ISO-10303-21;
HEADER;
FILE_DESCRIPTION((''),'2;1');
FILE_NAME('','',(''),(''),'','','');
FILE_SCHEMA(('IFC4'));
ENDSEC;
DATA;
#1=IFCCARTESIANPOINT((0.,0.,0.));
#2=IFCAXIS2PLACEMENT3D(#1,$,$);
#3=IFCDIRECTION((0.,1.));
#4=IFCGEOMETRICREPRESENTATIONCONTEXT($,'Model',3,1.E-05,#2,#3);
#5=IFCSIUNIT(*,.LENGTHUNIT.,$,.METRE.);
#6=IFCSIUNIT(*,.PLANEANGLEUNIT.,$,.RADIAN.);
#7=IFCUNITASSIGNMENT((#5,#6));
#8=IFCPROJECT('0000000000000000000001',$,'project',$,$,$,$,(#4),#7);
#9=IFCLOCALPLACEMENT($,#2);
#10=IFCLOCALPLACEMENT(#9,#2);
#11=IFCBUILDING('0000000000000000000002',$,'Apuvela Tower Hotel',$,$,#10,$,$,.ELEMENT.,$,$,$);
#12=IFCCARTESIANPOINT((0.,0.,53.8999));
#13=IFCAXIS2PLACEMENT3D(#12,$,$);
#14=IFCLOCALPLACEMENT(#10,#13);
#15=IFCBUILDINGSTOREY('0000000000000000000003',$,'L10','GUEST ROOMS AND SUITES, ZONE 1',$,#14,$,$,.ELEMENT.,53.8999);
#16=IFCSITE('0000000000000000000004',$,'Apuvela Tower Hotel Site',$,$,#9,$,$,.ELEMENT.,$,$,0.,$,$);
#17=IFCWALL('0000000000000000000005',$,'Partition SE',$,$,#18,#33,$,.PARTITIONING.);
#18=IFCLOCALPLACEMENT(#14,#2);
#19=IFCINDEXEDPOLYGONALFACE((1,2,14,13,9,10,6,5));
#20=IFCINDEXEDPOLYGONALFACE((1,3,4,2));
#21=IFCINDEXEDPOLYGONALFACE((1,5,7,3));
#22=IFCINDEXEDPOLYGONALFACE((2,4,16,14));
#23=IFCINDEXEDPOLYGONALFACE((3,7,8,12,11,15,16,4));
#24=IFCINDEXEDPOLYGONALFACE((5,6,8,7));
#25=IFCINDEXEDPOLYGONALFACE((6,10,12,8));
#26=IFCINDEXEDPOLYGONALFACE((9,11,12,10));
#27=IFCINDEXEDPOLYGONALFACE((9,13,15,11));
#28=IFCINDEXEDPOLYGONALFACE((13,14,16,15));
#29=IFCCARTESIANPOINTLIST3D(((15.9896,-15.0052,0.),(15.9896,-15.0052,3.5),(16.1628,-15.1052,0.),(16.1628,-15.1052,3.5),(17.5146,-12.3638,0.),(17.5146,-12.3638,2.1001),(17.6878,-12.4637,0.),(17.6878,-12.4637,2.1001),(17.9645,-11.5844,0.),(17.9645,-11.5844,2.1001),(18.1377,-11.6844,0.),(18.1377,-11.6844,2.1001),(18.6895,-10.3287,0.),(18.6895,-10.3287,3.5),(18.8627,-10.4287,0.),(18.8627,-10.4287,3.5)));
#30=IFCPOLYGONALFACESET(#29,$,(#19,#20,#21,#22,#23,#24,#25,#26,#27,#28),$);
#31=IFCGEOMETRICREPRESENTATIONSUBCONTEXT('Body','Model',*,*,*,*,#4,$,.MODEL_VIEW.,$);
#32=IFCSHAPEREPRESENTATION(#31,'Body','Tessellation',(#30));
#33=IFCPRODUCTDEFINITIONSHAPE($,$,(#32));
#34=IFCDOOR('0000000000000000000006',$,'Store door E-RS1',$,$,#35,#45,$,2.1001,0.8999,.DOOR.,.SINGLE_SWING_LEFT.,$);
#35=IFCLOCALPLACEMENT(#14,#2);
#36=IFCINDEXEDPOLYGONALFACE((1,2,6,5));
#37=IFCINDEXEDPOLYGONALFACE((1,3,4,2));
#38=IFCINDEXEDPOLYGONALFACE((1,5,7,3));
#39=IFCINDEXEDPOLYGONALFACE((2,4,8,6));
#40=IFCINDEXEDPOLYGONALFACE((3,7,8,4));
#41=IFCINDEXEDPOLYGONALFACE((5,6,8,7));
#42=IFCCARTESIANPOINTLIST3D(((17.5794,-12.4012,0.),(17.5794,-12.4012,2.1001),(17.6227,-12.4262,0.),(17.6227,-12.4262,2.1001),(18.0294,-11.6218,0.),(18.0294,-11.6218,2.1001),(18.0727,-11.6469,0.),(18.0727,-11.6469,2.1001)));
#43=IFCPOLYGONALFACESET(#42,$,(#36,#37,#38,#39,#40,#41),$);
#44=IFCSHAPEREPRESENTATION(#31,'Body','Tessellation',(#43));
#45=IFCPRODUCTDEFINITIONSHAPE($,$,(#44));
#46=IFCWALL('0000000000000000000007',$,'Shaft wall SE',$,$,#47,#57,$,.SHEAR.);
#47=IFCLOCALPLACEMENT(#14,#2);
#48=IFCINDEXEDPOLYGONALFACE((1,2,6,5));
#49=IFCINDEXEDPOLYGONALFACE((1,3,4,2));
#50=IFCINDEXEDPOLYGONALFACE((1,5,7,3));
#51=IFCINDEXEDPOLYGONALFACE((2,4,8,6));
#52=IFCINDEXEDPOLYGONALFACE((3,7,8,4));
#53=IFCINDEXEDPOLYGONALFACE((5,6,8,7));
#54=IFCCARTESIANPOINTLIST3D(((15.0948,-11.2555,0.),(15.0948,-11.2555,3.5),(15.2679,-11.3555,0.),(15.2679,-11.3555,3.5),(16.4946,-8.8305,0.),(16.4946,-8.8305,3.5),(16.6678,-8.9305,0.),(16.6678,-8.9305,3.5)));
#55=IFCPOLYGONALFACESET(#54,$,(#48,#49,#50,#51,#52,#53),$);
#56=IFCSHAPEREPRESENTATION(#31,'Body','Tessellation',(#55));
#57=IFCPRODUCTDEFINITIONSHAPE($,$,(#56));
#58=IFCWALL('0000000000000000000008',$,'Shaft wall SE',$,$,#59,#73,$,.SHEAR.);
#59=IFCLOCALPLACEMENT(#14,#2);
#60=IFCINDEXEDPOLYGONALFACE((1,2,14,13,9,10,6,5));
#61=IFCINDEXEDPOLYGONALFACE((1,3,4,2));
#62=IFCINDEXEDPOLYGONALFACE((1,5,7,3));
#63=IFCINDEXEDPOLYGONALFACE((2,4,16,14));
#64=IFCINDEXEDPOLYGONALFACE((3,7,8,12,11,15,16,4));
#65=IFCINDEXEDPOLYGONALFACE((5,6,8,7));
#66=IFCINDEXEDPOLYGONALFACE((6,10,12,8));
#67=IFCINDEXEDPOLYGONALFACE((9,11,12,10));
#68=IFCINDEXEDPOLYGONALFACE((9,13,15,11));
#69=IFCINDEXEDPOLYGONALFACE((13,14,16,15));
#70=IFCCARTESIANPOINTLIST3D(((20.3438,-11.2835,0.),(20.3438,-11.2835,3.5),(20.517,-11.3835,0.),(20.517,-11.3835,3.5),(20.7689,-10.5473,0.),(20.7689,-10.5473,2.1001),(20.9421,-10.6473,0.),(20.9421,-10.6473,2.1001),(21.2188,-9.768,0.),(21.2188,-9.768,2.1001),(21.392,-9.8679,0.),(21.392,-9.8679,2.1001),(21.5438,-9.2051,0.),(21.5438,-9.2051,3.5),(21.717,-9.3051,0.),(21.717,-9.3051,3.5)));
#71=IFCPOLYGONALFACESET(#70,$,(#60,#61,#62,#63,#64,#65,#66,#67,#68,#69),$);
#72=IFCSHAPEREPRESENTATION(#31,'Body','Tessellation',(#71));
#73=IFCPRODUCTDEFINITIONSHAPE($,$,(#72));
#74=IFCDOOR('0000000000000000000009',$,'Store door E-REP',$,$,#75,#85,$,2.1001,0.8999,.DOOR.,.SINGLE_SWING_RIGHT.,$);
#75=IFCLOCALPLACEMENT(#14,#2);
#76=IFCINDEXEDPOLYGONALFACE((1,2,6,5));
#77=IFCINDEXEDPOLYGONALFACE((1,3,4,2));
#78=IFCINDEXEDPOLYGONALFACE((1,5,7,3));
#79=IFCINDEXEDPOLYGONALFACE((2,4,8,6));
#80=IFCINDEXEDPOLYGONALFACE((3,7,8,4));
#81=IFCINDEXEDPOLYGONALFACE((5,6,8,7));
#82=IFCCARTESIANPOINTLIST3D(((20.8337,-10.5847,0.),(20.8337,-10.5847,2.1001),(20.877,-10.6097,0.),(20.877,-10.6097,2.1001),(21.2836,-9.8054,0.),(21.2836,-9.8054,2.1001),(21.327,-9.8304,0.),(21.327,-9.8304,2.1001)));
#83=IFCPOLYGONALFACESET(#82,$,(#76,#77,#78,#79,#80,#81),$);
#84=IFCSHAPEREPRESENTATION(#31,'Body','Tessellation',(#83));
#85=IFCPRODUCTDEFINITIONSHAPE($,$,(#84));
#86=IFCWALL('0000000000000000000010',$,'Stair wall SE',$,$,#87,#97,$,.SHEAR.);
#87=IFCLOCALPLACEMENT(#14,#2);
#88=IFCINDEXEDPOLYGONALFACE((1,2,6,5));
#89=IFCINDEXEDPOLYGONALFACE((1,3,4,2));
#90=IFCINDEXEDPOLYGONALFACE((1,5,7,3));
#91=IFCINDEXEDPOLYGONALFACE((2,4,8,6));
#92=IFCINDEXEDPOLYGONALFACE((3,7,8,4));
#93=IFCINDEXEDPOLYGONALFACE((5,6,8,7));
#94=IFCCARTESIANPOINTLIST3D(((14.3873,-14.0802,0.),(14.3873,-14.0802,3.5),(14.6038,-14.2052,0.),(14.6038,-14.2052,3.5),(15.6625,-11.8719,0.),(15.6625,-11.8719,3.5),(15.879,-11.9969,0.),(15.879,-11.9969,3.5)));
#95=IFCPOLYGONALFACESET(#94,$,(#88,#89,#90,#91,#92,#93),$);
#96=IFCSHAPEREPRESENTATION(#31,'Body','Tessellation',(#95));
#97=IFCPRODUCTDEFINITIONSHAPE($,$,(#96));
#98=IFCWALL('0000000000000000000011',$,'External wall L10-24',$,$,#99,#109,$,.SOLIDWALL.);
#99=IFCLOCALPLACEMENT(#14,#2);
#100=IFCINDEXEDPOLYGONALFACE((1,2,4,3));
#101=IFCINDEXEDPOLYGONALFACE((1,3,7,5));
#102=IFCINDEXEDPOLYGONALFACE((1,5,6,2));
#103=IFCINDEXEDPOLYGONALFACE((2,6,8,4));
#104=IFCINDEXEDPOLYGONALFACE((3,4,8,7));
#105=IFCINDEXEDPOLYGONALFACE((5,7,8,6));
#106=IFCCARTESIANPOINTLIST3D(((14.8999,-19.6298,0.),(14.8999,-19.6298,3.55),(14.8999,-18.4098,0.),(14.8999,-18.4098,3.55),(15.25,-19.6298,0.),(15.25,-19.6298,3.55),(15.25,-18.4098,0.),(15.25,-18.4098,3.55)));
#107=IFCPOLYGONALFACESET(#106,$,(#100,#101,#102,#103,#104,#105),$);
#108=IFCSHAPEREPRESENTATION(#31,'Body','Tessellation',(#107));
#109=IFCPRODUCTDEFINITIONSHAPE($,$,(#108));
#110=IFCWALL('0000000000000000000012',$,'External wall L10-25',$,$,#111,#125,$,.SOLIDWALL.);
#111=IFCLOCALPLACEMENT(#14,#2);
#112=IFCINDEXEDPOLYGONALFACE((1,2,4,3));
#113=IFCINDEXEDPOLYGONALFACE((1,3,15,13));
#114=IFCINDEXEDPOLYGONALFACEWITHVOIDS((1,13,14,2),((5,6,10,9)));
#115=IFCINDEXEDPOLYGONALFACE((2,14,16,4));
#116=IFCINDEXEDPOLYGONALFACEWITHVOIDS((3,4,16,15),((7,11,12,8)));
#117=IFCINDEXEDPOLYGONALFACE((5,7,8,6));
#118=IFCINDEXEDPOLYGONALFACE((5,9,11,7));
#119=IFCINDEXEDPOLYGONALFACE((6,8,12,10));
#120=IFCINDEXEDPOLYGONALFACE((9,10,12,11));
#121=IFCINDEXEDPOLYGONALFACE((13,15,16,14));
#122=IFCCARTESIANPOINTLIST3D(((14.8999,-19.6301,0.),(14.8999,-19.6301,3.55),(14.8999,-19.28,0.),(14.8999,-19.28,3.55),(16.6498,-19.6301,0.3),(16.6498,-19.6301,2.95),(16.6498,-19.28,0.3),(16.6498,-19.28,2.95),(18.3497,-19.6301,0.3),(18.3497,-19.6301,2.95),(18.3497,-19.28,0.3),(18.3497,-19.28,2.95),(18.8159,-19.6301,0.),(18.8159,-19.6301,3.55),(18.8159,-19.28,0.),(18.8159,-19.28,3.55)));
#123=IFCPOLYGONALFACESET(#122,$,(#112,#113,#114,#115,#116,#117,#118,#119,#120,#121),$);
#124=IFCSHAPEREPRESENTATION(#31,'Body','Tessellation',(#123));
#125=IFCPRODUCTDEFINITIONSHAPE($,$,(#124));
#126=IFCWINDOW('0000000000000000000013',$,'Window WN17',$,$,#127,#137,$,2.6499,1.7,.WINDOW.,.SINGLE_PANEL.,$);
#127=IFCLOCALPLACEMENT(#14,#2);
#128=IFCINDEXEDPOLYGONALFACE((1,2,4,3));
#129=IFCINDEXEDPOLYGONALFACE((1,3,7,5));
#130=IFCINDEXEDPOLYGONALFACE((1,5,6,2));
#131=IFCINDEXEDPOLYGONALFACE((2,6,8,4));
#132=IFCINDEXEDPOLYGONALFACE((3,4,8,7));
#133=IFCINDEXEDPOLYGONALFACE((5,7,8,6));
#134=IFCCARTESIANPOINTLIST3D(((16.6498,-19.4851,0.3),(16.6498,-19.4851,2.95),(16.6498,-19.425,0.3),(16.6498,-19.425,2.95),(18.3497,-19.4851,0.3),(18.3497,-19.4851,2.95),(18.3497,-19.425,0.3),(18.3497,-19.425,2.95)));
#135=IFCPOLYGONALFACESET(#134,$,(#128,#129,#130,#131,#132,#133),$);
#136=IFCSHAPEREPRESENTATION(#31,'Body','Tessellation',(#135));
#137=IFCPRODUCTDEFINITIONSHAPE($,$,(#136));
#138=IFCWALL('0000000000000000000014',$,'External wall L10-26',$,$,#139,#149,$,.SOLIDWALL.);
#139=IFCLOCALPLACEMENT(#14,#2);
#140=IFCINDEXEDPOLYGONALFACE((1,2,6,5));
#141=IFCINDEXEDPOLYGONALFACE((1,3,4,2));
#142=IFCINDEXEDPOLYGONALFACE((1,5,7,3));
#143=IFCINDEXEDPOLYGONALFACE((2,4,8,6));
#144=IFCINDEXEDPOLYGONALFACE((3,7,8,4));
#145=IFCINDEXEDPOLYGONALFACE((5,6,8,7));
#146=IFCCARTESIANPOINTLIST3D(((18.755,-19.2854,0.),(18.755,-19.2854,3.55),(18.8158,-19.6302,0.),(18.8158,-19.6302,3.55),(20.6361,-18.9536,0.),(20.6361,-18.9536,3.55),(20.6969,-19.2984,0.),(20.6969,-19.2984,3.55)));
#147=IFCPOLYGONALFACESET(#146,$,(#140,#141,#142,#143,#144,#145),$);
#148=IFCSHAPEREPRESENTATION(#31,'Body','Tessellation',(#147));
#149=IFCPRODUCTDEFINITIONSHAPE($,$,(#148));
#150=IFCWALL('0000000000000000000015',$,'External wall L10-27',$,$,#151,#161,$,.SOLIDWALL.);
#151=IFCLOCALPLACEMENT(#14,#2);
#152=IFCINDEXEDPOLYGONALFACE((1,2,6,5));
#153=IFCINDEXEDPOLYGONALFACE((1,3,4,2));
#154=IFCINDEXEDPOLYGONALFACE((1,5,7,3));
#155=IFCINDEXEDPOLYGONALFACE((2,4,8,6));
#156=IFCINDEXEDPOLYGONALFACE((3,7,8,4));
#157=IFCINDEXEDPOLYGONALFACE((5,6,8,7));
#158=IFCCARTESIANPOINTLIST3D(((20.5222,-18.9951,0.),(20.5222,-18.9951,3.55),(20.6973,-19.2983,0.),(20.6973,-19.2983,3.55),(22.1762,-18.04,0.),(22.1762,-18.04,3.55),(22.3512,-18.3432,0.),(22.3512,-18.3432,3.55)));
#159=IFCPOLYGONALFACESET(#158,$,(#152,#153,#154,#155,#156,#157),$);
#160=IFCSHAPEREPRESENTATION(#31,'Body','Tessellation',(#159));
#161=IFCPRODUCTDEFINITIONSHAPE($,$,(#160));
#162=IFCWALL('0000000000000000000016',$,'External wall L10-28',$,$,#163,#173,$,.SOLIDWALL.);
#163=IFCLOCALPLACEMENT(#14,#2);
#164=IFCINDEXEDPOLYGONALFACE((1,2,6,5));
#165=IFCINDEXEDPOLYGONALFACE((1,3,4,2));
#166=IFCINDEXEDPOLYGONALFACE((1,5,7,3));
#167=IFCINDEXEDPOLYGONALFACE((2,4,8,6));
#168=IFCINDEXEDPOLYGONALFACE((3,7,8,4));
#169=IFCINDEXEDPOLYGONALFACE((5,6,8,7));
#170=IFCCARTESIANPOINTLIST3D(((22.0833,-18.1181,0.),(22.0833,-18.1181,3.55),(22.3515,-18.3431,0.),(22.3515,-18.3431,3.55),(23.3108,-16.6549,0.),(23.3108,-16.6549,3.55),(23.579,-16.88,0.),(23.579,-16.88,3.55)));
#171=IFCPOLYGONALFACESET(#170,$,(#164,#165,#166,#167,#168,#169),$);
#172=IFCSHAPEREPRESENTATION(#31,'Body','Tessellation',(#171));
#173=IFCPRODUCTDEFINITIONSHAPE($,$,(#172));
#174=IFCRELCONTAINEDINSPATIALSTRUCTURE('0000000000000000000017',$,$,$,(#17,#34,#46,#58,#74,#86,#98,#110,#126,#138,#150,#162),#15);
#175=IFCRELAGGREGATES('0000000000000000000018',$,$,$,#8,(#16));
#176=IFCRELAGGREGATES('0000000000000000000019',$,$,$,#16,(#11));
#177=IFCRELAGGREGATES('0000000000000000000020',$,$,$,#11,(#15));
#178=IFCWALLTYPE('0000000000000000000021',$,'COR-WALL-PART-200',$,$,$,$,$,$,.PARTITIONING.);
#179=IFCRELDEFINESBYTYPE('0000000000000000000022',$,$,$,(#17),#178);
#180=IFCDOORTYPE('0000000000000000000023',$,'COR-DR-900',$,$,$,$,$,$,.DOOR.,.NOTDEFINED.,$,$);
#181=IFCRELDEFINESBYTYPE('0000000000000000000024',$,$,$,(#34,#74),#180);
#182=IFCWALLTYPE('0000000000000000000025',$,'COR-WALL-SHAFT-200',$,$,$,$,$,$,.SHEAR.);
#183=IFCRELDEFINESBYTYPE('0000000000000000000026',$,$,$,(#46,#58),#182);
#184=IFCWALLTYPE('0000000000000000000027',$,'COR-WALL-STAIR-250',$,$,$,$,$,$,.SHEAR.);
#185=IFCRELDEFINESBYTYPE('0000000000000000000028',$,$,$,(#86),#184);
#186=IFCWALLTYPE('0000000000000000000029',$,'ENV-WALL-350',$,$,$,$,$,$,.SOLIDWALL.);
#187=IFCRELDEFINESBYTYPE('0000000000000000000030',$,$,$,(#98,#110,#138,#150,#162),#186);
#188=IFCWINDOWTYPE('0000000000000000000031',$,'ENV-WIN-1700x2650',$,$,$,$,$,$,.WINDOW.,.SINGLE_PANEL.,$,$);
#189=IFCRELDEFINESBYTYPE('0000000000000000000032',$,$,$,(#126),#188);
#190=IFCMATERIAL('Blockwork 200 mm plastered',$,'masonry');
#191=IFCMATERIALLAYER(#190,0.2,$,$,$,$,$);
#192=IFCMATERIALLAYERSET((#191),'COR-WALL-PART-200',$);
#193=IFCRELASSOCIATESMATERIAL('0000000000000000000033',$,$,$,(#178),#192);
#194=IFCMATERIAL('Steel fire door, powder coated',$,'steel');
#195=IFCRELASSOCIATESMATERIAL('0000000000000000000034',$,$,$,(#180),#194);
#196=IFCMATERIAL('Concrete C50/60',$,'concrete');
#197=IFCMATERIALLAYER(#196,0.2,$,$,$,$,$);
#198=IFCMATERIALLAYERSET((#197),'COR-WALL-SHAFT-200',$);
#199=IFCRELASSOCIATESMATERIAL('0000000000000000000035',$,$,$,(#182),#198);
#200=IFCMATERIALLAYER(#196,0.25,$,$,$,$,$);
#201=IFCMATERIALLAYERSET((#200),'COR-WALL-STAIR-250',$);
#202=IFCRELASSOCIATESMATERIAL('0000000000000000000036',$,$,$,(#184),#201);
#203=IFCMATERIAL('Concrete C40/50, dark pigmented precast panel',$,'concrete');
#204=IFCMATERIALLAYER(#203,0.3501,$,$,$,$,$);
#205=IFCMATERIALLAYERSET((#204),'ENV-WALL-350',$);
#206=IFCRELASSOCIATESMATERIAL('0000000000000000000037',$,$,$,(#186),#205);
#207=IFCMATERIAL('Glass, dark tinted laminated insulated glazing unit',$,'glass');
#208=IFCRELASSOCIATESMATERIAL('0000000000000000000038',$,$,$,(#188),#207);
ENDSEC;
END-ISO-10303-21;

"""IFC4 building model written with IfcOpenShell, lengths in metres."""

from ifc_helpers import new_model, si_unit, direction, frame, frame_2d, origin, place, context, subcontext, project, spatial, rectangle, extrude, material, layer, layer_set, type_object, element, fill, save


model = new_model("IFC4")

# Units and contexts
model_context = context("Model", 3, precision=1e-05, world=origin(), true_north=direction((0.0, 1.0)))
body_context = subcontext(model_context, "Body", "Model", "MODEL_VIEW")
ifc_project = project(units=[si_unit("LENGTHUNIT", "METRE"), si_unit("PLANEANGLEUNIT", "RADIAN")], contexts=[model_context])

# Site, building, storey
site_placement = place(None, origin())
site = spatial("IfcSite", under=ifc_project, at=site_placement, Name="Apuvela Tower Hotel Site", CompositionType="ELEMENT", RefElevation=0.0)
building_placement = place(site_placement, origin())
building = spatial("IfcBuilding", under=site, at=building_placement, Name="Apuvela Tower Hotel", CompositionType="ELEMENT")
storey_placement = place(building_placement, frame((0.0, 0.0, 53.8999)))
storey = spatial("IfcBuildingStorey", under=building, at=storey_placement, Name="L10", Description="GUEST ROOMS AND SUITES, ZONE 1", CompositionType="ELEMENT", Elevation=53.8999)

# Wall, opening, door
ifc_material_1 = material(Name="Blockwork 200 mm plastered", Category="masonry")
ifc_layer_1 = layer(ifc_material_1, 0.2)
ifc_layer_set_1 = layer_set([ifc_layer_1], Name="COR-WALL-PART-200")
wall_type_1 = type_object("IfcWallType", Name="COR-WALL-PART-200", PredefinedType="PARTITIONING", material=ifc_layer_set_1)
wall_1_placement = place(storey_placement, frame((16.0762, -15.0552, 0.0), z_axis=(0.0, 0.0, 1.0), x_axis=(0.499995, 0.866028, 0.0)))
wall_1 = element("IfcWall", 1, at=wall_1_placement, inside=storey, type_object=wall_type_1, Name="Partition SE", PredefinedType="PARTITIONING", context=body_context, shape_type="SweptSolid", body=[
    extrude(rectangle(XDim=5.3999, YDim=0.2, at=frame_2d((2.7, 0.0))), origin(), (0.0, 0.0, 1.0), 3.5),
])
opening_1_placement = place(wall_1_placement, frame((3.05, 0.0, 0.0)))
opening_1 = element("IfcOpeningElement", 2, at=opening_1_placement, cuts=wall_1, PredefinedType="OPENING", context=body_context, shape_type="SweptSolid", body=[
    extrude(rectangle(XDim=0.8999, YDim=2.1001, at=frame_2d((0.45, 1.05))), frame((0.0, 0.1099, 0.0), z_axis=(0.0, -1.0, 0.0), x_axis=(1.0, 0.0, 0.0)), (0.0, 0.0, 1.0), 0.22),
])
ifc_material_2 = material(Name="Steel fire door, powder coated", Category="steel")
door_type_1 = type_object("IfcDoorType", Name="COR-DR-900", OperationType="NOTDEFINED", PredefinedType="DOOR", material=ifc_material_2)
door_1_placement = place(opening_1_placement, frame((0.8999, 0.0, 0.0), z_axis=(0.0, 0.0, 1.0), x_axis=(-1.0, 0.0, 0.0)))
door_1 = element("IfcDoor", 3, at=door_1_placement, inside=storey, type_object=door_type_1, Name="Store door E-RS1", OperationType="SINGLE_SWING_LEFT", OverallHeight=2.1001, OverallWidth=0.8999, PredefinedType="DOOR", context=body_context, shape_type="SweptSolid", body=[
    extrude(rectangle(XDim=0.8999, YDim=2.1001, at=frame_2d((0.45, 1.05))), frame((0.0, 0.0249, 0.0), z_axis=(0.0, -1.0, 0.0), x_axis=(1.0, 0.0, 0.0)), (0.0, 0.0, 1.0), 0.05),
])
fill(opening_1, door_1)

# Wall
ifc_material_3 = material(Name="Concrete C50/60", Category="concrete")
ifc_layer_2 = layer(ifc_material_3, 0.2)
ifc_layer_set_2 = layer_set([ifc_layer_2], Name="COR-WALL-SHAFT-200")
wall_type_2 = type_object("IfcWallType", Name="COR-WALL-SHAFT-200", PredefinedType="SHEAR", material=ifc_layer_set_2)
wall_2_placement = place(storey_placement, frame((15.1814, -11.3054, 0.0), z_axis=(0.0, 0.0, 1.0), x_axis=(0.499946, 0.866056, 0.0)))
element("IfcWall", 4, at=wall_2_placement, inside=storey, type_object=wall_type_2, Name="Shaft wall SE", PredefinedType="SHEAR", context=body_context, shape_type="SweptSolid", body=[
    extrude(rectangle(XDim=2.8, YDim=0.2, at=frame_2d((1.3999, 0.0))), origin(), (0.0, 0.0, 1.0), 3.5),
])

# Wall, opening, door
wall_3_placement = place(storey_placement, frame((20.4304, -11.3335, 0.0), z_axis=(0.0, 0.0, 1.0), x_axis=(0.500001, 0.866025, 0.0)))
wall_3 = element("IfcWall", 5, at=wall_3_placement, inside=storey, type_object=wall_type_2, Name="Shaft wall SE", PredefinedType="SHEAR", context=body_context, shape_type="SweptSolid", body=[
    extrude(rectangle(XDim=2.3999, YDim=0.2, at=frame_2d((1.2, 0.0))), origin(), (0.0, 0.0, 1.0), 3.5),
])
opening_2_placement = place(wall_3_placement, frame((0.8501, 0.0, 0.0)))
opening_2 = element("IfcOpeningElement", 6, at=opening_2_placement, cuts=wall_3, PredefinedType="OPENING", context=body_context, shape_type="SweptSolid", body=[
    extrude(rectangle(XDim=0.8999, YDim=2.1001, at=frame_2d((0.45, 1.05))), frame((0.0, 0.1099, 0.0), z_axis=(0.0, -1.0, 0.0), x_axis=(1.0, 0.0, 0.0)), (0.0, 0.0, 1.0), 0.22),
])
door_2_placement = place(opening_2_placement, frame((0.8999, 0.0, 0.0), z_axis=(0.0, 0.0, 1.0), x_axis=(-1.0, 0.0, 0.0)))
door_2 = element("IfcDoor", 7, at=door_2_placement, inside=storey, type_object=door_type_1, Name="Store door E-REP", OperationType="SINGLE_SWING_RIGHT", OverallHeight=2.1001, OverallWidth=0.8999, PredefinedType="DOOR", context=body_context, shape_type="SweptSolid", body=[
    extrude(rectangle(XDim=0.8999, YDim=2.1001, at=frame_2d((0.45, 1.05))), frame((0.0, 0.0249, 0.0), z_axis=(0.0, -1.0, 0.0), x_axis=(1.0, 0.0, 0.0)), (0.0, 0.0, 1.0), 0.05),
])
fill(opening_2, door_2)

# Walls
ifc_layer_3 = layer(ifc_material_3, 0.25)
ifc_layer_set_3 = layer_set([ifc_layer_3], Name="COR-WALL-STAIR-250")
wall_type_3 = type_object("IfcWallType", Name="COR-WALL-STAIR-250", PredefinedType="SHEAR", material=ifc_layer_set_3)
wall_4_placement = place(storey_placement, frame((14.4956, -14.1426, 0.0), z_axis=(0.0, 0.0, 1.0), x_axis=(0.500062, 0.865989, 0.0)))
element("IfcWall", 8, at=wall_4_placement, inside=storey, type_object=wall_type_3, Name="Stair wall SE", PredefinedType="SHEAR", context=body_context, shape_type="SweptSolid", body=[
    extrude(rectangle(XDim=2.55, YDim=0.25, at=frame_2d((1.2749, 0.0))), origin(), (0.0, 0.0, 1.0), 3.5),
])
ifc_material_4 = material(Name="Concrete C40/50, dark pigmented precast panel", Category="concrete")
ifc_layer_4 = layer(ifc_material_4, 0.3501)
ifc_layer_set_4 = layer_set([ifc_layer_4], Name="ENV-WALL-350")
wall_type_4 = type_object("IfcWallType", Name="ENV-WALL-350", PredefinedType="SOLIDWALL", material=ifc_layer_set_4)
wall_5_placement = place(storey_placement, frame((15.075, -18.4099, 0.0), z_axis=(0.0, 0.0, 1.0), x_axis=(0.0, -1.0, 0.0)))
element("IfcWall", 9, at=wall_5_placement, inside=storey, type_object=wall_type_4, Name="External wall L10-24", PredefinedType="SOLIDWALL", context=body_context, shape_type="SweptSolid", body=[
    extrude(rectangle(XDim=1.22, YDim=0.3501, at=frame_2d((0.6099, 0.0))), origin(), (0.0, 0.0, 1.0), 3.55),
])

# Wall, opening, window
wall_6_placement = place(storey_placement, frame((14.8999, -19.4551, 0.0), z_axis=(0.0, 0.0, 1.0), x_axis=(1.0, 0.0, 0.0)))
wall_6 = element("IfcWall", 10, at=wall_6_placement, inside=storey, type_object=wall_type_4, Name="External wall L10-25", PredefinedType="SOLIDWALL", context=body_context, shape_type="SweptSolid", body=[
    extrude(rectangle(XDim=3.916, YDim=0.3501, at=frame_2d((1.958, 0.0))), origin(), (0.0, 0.0, 1.0), 3.55),
])
opening_3_placement = place(wall_6_placement, frame((1.7498, 0.0, 0.3)))
opening_3 = element("IfcOpeningElement", 11, at=opening_3_placement, cuts=wall_6, PredefinedType="OPENING", context=body_context, shape_type="SweptSolid", body=[
    extrude(rectangle(XDim=1.7, YDim=2.6499, at=frame_2d((0.8501, 1.325))), frame((0.0, 0.1851, 0.0), z_axis=(0.0, -1.0, 0.0), x_axis=(1.0, 0.0, 0.0)), (0.0, 0.0, 1.0), 0.3701),
])
ifc_material_5 = material(Name="Glass, dark tinted laminated insulated glazing unit", Category="glass")
window_type = type_object("IfcWindowType", Name="ENV-WIN-1700x2650", PartitioningType="SINGLE_PANEL", PredefinedType="WINDOW", material=ifc_material_5)
window_placement = place(opening_3_placement, origin())
window = element("IfcWindow", 12, at=window_placement, inside=storey, type_object=window_type, Name="Window WN17", OverallHeight=2.6499, OverallWidth=1.7, PartitioningType="SINGLE_PANEL", PredefinedType="WINDOW", context=body_context, shape_type="SweptSolid", body=[
    extrude(rectangle(XDim=1.7, YDim=2.6499, at=frame_2d((0.8501, 1.325))), frame((0.0, 0.03, 0.0), z_axis=(0.0, -1.0, 0.0), x_axis=(1.0, 0.0, 0.0)), (0.0, 0.0, 1.0), 0.0601),
])
fill(opening_3, window)

# Walls
wall_7_placement = place(storey_placement, frame((18.7854, -19.4578, 0.0), z_axis=(0.0, 0.0, 1.0), x_axis=(0.984799, 0.173698, 0.0)))
element("IfcWall", 13, at=wall_7_placement, inside=storey, type_object=wall_type_4, Name="External wall L10-26", PredefinedType="SOLIDWALL", context=body_context, shape_type="SweptSolid", body=[
    extrude(rectangle(XDim=1.9102, YDim=0.3501, at=frame_2d((0.9551, 0.0))), origin(), (0.0, 0.0, 1.0), 3.55),
])
for number, where, z_axis, x_axis, name in (
    (14, (20.6096, -19.1467, 0.0), (0.0, 0.0, 1.0), (0.866, 0.500043, 0.0), "External wall L10-27"),
    (15, (22.2173, -18.2307, 0.0), (0.0, 0.0, 1.0), (0.642733, 0.76609, 0.0), "External wall L10-28"),
):
    element("IfcWall", number, at=place(storey_placement, frame(where, z_axis=z_axis, x_axis=x_axis)), inside=storey, type_object=wall_type_4, Name=name, PredefinedType="SOLIDWALL", context=body_context, shape_type="SweptSolid", body=[
        extrude(rectangle(XDim=1.9099, YDim=0.3501, at=frame_2d((0.9551, 0.0))), origin(), (0.0, 0.0, 1.0), 3.55),
    ])

save(model, "model.ifc")
